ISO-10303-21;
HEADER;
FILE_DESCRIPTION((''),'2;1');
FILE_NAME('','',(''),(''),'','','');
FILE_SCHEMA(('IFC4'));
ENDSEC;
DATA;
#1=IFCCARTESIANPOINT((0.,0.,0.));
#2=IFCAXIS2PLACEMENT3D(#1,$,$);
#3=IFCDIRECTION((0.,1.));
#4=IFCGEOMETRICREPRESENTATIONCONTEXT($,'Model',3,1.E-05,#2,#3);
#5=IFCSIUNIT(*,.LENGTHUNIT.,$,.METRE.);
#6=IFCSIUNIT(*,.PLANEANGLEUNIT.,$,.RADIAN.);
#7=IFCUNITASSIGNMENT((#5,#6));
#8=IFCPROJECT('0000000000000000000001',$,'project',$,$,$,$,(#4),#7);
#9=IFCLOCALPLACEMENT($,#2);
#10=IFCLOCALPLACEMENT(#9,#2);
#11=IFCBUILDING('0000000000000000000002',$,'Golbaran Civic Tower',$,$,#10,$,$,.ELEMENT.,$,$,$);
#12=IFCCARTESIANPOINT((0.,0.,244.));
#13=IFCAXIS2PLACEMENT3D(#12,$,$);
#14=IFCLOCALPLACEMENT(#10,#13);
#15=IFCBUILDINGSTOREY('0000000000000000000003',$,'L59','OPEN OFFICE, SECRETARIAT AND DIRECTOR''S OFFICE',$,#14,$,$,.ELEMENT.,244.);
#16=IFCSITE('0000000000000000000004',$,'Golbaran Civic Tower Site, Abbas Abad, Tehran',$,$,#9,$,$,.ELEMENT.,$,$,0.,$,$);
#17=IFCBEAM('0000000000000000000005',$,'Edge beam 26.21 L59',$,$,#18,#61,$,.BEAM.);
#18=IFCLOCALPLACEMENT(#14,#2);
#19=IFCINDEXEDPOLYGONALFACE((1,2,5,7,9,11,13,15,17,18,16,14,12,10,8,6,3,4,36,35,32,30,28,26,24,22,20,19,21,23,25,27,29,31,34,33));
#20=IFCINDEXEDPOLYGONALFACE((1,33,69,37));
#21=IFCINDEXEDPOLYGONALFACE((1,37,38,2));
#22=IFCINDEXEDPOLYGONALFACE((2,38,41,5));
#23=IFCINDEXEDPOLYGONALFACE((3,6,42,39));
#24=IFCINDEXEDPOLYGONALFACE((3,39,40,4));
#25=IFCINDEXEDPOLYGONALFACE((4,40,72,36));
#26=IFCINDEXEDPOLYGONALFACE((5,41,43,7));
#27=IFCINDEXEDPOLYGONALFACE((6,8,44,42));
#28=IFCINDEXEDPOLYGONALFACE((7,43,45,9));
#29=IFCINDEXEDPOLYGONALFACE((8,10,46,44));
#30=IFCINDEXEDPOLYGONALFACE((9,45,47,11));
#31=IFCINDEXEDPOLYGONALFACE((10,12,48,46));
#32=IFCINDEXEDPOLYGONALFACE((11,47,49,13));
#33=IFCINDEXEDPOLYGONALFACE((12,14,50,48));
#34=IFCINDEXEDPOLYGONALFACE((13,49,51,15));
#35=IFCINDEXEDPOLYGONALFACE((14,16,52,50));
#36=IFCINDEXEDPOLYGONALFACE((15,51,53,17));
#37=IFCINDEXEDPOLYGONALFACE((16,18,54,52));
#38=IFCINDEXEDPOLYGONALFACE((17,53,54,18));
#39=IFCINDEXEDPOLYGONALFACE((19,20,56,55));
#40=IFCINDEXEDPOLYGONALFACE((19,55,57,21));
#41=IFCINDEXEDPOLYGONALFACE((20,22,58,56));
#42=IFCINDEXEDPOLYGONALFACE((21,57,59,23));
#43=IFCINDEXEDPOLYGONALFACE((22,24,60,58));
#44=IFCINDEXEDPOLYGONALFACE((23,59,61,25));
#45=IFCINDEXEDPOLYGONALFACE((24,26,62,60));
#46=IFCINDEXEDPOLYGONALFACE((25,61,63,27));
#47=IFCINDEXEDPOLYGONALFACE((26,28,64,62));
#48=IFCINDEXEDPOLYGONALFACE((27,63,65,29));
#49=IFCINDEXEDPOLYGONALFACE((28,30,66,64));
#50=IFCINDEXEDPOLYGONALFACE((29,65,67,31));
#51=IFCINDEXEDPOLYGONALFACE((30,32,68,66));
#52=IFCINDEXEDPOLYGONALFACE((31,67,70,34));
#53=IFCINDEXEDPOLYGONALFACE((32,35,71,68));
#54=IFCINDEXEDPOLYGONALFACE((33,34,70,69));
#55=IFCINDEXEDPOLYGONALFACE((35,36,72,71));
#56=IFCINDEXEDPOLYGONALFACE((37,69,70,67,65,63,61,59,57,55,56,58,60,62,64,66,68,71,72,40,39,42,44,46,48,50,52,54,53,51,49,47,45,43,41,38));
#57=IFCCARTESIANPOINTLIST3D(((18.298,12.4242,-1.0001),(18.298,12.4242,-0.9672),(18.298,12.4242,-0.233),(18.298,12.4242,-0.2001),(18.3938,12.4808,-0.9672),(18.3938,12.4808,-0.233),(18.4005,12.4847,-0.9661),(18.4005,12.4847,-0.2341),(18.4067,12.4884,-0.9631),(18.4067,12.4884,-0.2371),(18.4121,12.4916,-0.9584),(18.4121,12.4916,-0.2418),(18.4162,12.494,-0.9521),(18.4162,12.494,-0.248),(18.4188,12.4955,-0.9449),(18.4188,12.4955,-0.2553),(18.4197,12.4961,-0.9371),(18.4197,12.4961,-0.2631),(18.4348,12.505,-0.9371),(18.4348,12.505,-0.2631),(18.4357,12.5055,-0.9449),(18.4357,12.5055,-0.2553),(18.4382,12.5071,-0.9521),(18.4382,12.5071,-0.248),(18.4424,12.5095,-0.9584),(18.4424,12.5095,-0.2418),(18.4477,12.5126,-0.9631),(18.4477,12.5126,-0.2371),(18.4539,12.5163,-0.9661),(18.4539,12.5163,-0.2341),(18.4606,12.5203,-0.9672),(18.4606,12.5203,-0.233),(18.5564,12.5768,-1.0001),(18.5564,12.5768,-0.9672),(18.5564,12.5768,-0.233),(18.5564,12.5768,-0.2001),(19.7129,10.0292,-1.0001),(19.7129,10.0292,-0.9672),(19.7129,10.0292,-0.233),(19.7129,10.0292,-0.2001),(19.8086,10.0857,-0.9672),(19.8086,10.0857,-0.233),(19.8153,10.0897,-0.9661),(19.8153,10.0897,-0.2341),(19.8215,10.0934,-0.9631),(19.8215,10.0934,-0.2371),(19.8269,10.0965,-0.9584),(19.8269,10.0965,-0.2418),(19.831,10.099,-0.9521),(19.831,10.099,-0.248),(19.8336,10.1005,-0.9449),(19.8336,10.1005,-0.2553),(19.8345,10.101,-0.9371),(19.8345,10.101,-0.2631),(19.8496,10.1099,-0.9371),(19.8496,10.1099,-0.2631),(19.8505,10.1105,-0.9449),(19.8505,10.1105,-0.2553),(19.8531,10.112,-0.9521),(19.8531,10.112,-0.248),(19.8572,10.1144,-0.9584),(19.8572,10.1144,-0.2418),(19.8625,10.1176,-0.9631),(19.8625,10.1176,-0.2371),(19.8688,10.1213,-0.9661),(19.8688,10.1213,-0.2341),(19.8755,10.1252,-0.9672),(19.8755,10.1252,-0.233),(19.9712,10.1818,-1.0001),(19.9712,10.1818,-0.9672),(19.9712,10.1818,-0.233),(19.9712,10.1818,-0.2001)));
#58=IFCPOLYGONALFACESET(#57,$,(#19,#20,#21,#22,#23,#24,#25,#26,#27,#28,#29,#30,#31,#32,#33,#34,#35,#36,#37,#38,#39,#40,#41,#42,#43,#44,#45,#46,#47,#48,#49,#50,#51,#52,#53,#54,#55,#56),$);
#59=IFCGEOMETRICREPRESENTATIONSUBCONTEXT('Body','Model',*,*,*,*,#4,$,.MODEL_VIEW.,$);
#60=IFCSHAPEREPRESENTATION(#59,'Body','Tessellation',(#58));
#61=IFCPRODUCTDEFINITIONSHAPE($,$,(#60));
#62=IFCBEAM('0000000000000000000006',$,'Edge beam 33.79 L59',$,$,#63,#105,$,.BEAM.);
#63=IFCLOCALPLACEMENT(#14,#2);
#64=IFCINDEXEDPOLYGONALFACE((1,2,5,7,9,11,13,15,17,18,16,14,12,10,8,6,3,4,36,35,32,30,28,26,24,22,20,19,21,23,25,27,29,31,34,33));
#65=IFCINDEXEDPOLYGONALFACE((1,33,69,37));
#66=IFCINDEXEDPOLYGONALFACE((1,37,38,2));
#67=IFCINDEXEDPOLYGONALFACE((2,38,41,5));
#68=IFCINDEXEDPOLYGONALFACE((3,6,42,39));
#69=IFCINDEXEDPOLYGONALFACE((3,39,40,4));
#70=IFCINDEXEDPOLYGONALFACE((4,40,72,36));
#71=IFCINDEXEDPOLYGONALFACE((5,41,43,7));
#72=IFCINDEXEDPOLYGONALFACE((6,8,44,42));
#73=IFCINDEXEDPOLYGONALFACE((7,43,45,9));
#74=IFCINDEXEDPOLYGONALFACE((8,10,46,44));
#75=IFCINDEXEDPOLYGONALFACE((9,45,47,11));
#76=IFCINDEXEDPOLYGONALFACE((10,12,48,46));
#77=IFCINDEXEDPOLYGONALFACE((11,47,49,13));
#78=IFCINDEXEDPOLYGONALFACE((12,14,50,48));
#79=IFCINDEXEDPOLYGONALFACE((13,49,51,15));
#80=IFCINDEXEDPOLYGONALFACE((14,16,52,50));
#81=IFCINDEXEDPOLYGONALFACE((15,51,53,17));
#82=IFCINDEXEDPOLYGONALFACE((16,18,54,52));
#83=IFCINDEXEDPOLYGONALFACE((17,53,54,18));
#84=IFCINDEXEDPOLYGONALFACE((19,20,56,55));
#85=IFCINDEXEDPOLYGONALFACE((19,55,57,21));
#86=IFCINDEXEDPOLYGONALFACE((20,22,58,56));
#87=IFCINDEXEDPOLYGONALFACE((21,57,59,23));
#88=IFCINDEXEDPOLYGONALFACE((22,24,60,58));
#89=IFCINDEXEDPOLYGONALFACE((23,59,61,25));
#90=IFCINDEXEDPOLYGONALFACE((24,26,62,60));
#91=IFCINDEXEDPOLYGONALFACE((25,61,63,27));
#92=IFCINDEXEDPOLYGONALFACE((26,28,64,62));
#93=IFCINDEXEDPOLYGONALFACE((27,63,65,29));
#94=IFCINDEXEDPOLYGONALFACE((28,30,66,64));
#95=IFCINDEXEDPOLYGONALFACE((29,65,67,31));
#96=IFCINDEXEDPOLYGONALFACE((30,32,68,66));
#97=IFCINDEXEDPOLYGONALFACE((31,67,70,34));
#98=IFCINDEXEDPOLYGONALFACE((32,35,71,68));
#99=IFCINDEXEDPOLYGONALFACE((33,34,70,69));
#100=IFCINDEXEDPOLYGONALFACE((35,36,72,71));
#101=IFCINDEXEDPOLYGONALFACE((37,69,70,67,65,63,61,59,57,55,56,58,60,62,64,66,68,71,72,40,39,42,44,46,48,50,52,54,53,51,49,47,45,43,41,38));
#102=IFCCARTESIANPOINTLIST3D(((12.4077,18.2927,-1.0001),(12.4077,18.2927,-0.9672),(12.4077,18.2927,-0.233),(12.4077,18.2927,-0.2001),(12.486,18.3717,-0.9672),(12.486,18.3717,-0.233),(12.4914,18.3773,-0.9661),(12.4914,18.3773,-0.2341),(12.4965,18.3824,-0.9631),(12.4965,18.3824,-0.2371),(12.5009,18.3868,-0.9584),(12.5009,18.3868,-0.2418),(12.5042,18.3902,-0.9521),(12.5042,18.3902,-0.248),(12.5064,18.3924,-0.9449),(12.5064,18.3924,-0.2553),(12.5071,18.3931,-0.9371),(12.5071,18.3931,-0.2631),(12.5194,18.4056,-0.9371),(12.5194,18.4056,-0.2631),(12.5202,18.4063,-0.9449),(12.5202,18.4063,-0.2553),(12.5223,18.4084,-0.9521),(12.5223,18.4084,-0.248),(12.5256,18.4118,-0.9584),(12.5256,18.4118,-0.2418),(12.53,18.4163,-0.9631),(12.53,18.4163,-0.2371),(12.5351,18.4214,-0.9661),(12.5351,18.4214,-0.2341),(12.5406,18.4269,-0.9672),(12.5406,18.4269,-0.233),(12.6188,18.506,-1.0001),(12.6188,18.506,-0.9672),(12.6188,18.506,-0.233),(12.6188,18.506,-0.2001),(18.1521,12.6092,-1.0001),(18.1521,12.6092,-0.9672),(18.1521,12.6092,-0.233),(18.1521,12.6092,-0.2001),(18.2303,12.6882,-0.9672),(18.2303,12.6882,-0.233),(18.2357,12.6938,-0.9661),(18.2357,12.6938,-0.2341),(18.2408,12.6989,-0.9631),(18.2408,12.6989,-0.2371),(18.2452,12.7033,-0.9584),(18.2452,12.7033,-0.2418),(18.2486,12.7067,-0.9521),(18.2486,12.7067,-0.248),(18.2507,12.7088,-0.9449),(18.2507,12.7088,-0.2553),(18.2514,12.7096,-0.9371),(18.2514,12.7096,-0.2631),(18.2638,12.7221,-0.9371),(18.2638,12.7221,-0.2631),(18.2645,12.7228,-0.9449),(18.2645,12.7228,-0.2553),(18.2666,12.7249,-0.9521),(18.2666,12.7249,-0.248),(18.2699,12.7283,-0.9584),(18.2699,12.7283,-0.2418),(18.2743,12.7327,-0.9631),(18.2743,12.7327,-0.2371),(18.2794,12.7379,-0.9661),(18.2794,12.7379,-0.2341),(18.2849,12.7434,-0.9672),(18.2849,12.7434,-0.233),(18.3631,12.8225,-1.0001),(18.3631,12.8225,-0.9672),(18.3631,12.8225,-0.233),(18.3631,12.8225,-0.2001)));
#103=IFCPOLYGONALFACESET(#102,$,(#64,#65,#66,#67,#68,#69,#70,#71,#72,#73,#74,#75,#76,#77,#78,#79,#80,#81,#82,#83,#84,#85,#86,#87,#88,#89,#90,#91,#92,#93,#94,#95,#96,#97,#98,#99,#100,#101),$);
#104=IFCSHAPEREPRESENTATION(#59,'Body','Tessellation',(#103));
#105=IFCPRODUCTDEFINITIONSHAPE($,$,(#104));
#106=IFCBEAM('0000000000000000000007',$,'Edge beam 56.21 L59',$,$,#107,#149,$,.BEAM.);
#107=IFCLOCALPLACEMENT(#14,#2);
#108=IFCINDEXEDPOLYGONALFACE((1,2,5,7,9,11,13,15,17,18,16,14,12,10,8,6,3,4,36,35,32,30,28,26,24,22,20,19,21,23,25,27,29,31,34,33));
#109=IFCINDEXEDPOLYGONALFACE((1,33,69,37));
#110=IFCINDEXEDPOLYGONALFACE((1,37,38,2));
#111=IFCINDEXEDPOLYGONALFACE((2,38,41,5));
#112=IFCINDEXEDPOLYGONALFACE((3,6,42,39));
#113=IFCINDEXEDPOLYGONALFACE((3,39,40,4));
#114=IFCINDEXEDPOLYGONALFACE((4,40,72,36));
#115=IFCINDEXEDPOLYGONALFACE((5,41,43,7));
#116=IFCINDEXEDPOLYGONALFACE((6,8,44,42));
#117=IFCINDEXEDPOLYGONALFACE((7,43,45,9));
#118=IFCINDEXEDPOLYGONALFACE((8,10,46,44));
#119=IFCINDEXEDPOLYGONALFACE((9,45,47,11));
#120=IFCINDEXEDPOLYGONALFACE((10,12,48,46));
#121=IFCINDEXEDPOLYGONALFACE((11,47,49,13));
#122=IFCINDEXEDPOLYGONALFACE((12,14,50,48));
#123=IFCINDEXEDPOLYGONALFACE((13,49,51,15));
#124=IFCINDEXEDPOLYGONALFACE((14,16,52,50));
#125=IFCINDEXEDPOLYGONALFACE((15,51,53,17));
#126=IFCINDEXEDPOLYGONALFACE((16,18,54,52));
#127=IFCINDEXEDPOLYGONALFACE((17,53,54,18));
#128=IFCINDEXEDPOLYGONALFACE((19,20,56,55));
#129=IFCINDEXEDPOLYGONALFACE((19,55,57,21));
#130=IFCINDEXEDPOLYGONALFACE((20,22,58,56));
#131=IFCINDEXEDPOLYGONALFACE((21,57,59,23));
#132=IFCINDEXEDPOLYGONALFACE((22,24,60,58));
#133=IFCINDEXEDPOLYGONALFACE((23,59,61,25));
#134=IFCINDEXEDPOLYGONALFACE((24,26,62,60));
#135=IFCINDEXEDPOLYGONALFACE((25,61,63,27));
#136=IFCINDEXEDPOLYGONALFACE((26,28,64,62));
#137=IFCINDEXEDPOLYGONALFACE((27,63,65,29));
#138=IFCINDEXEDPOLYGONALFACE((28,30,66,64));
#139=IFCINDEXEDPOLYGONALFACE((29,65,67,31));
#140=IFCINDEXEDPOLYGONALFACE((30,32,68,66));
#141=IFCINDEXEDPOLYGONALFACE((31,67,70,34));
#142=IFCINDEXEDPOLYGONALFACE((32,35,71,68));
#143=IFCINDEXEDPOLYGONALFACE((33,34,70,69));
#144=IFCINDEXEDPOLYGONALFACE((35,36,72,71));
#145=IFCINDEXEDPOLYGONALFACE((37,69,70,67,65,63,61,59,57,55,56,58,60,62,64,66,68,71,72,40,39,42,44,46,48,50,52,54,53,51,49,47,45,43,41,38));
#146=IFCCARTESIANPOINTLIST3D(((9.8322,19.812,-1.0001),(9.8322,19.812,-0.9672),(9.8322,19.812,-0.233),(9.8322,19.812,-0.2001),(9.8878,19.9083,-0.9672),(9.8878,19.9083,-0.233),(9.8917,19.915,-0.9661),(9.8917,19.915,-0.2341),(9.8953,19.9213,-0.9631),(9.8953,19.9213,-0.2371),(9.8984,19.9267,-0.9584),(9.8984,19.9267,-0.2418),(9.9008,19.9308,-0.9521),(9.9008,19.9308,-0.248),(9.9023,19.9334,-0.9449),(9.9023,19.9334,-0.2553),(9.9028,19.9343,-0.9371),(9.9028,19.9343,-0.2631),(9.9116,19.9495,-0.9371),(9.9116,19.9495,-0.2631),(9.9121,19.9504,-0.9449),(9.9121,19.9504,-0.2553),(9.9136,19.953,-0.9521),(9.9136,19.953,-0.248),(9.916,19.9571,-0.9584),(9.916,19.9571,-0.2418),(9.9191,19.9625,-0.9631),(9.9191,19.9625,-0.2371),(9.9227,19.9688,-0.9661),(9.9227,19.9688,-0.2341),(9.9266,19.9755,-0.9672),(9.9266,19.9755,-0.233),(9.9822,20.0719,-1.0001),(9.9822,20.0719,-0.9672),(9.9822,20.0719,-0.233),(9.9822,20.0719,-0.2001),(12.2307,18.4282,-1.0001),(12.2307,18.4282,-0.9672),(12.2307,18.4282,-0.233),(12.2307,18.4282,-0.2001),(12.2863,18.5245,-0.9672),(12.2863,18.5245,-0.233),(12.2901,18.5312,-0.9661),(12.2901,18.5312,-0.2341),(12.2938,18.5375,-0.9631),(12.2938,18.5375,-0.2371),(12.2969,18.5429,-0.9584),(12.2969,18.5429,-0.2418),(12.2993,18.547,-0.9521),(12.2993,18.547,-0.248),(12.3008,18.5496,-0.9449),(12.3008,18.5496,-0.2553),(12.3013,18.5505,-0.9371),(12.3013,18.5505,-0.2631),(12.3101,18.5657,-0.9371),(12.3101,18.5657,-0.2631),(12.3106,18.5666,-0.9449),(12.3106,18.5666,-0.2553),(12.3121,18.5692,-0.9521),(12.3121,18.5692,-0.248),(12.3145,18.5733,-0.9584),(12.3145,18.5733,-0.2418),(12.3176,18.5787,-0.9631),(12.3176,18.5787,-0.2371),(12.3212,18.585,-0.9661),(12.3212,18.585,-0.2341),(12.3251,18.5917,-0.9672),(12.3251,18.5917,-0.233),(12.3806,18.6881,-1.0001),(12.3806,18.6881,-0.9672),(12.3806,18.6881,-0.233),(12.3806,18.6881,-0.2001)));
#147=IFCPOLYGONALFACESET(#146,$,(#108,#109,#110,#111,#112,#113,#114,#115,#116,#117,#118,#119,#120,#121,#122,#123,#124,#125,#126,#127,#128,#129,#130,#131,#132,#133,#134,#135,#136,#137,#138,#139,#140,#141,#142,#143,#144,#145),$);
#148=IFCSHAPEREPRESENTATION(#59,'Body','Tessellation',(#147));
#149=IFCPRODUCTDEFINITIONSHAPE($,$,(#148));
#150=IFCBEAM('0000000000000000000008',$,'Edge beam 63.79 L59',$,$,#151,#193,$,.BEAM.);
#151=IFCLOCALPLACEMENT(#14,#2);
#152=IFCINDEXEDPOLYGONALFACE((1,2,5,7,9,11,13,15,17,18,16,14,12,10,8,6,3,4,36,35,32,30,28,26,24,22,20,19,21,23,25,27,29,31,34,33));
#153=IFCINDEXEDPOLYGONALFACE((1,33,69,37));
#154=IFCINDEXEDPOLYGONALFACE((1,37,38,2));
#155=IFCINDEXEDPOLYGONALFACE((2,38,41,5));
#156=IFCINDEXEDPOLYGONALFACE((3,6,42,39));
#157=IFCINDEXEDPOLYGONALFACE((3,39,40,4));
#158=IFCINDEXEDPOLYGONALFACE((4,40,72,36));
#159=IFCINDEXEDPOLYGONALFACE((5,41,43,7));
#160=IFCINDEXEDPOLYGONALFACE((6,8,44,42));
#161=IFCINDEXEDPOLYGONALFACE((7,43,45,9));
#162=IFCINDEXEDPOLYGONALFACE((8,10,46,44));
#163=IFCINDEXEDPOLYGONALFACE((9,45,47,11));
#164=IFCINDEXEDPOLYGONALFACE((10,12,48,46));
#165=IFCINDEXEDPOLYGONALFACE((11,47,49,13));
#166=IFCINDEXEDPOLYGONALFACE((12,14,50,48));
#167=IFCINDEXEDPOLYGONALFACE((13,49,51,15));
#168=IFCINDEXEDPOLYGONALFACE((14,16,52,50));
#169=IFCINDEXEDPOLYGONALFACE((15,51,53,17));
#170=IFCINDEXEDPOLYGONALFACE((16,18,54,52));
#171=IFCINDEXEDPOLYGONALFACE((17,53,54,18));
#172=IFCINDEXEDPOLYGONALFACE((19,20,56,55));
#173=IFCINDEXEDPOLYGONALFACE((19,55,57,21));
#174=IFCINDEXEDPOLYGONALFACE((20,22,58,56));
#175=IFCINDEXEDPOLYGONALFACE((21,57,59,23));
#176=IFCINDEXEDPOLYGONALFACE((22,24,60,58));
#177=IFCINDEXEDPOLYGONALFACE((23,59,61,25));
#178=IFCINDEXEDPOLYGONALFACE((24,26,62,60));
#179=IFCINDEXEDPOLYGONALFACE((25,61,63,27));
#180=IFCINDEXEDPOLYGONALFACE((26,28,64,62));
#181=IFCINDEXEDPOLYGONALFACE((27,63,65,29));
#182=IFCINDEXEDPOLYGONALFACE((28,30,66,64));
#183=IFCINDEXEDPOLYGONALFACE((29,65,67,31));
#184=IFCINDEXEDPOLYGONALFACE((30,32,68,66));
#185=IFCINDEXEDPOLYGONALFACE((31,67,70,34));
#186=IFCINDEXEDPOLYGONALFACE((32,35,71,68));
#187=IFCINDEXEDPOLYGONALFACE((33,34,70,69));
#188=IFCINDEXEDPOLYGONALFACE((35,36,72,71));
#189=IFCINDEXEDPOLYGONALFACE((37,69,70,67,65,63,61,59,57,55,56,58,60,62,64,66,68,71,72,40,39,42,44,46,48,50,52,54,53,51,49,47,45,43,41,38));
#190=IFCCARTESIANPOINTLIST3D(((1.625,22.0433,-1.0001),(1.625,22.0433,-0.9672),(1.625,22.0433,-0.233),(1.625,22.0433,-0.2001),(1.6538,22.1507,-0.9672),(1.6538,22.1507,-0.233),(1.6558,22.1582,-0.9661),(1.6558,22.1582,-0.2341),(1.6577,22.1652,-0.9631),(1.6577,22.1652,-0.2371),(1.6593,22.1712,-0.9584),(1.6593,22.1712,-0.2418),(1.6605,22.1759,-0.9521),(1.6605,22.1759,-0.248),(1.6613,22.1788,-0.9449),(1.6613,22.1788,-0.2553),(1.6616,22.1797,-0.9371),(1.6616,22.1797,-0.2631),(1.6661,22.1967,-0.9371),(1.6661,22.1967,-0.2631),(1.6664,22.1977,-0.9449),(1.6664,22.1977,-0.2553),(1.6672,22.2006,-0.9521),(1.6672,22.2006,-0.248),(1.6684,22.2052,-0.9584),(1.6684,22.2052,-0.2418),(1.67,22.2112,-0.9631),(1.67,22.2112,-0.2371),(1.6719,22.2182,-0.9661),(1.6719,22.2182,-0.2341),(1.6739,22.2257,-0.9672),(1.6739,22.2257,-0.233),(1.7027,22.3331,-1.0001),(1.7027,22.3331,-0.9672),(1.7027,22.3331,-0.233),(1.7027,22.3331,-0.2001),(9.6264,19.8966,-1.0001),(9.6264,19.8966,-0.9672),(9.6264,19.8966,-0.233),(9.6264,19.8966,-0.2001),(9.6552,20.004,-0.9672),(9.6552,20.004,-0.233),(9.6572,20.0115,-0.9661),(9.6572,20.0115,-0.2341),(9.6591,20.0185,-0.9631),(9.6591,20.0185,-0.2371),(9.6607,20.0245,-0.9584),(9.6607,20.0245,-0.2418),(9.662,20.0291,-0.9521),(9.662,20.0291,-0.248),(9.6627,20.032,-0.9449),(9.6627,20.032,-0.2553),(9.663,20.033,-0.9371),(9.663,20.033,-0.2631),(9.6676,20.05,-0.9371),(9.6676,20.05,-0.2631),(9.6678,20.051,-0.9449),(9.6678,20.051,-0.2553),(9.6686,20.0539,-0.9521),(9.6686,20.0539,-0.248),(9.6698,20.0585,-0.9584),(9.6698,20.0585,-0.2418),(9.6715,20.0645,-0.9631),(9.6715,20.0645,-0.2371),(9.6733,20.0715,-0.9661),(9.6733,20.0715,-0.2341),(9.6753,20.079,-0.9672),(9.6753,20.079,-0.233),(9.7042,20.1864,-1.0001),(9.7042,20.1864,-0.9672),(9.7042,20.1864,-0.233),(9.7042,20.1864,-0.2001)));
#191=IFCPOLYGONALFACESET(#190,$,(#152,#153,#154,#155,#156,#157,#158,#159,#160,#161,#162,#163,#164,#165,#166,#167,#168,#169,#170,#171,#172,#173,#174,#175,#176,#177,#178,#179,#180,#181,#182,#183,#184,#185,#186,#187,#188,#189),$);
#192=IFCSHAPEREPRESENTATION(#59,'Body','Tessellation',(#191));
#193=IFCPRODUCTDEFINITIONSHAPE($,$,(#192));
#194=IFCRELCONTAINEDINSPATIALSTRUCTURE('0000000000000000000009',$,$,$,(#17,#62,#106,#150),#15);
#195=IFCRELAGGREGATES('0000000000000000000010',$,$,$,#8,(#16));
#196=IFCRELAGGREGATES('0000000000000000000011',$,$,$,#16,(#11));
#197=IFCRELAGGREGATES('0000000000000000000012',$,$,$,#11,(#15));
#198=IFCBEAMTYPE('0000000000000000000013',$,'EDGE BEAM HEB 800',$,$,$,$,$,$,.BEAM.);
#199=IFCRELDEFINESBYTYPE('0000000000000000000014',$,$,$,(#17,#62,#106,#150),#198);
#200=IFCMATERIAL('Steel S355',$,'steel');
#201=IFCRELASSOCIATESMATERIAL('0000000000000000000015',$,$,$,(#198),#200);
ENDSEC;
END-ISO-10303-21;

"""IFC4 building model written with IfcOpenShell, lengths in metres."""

from ifc_helpers import new_model, si_unit, direction, frame, origin, origin_2d, place, context, subcontext, project, spatial, i_section, extrude, material, material_profile, profile_set, type_object, element, save


model = new_model("IFC4")

# Units and contexts
model_context = context("Model", 3, precision=1e-05, world=origin(), true_north=direction((0.0, 1.0)))
body_context = subcontext(model_context, "Body", "Model", "MODEL_VIEW")
ifc_project = project(units=[si_unit("LENGTHUNIT", "METRE"), si_unit("PLANEANGLEUNIT", "RADIAN")], contexts=[model_context])

# Site, building, storey
site_placement = place(None, origin())
site = spatial("IfcSite", under=ifc_project, at=site_placement, Name="Golbaran Civic Tower Site, Abbas Abad, Tehran", CompositionType="ELEMENT", RefElevation=0.0)
building_placement = place(site_placement, origin())
building = spatial("IfcBuilding", under=site, at=building_placement, Name="Golbaran Civic Tower", CompositionType="ELEMENT")
storey_placement = place(building_placement, frame((0.0, 0.0, 244.0)))
storey = spatial("IfcBuildingStorey", under=building, at=storey_placement, Name="L59", Description="OPEN OFFICE, SECRETARIAT AND DIRECTOR'S OFFICE", CompositionType="ELEMENT", Elevation=244.0)

# Beams
ifc_material_1 = material(Name="Steel S355", Category="steel")
ifc_material_profile_1 = material_profile(ifc_material_1, i_section(OverallWidth=0.3, OverallDepth=0.8, WebThickness=0.0176, FlangeThickness=0.033, FilletRadius=0.03, at=origin_2d()), Name="HEB 800")
ifc_profile_set_1 = profile_set([ifc_material_profile_1], Name="Steel S355")
beam_type_1 = type_object("IfcBeamType", Name="EDGE BEAM HEB 800", PredefinedType="BEAM", material=ifc_profile_set_1)
beam_1_placement = place(storey_placement, frame((19.842, 10.1055, -0.6001), z_axis=(-0.508611, 0.860996, 0.0), x_axis=(-0.860996, -0.508611, 0.0)))
element("IfcBeam", 1, at=beam_1_placement, inside=storey, type_object=beam_type_1, Name="Edge beam 26.21 L59", PredefinedType="BEAM", context=body_context, shape_type="SweptSolid", body=[
    extrude(i_section(OverallWidth=0.3, OverallDepth=0.8, WebThickness=0.0176, FlangeThickness=0.033, FilletRadius=0.03, at=origin_2d()), origin(), (0.0, 0.0, 1.0), 2.7817),
])
beam_2_placement = place(storey_placement, frame((18.2576, 12.7158, -0.6001), z_axis=(-0.710858, 0.703335, 0.0), x_axis=(-0.703335, -0.710858, 0.0)))
element("IfcBeam", 2, at=beam_2_placement, inside=storey, type_object=beam_type_1, Name="Edge beam 33.79 L59", PredefinedType="BEAM", context=body_context, shape_type="SweptSolid", body=[
    extrude(i_section(OverallWidth=0.3, OverallDepth=0.8, WebThickness=0.0176, FlangeThickness=0.033, FilletRadius=0.03, at=origin_2d()), origin(), (0.0, 0.0, 1.0), 8.0808),
])
beam_3_placement = place(storey_placement, frame((12.3057, 18.5581, -0.6001), z_axis=(-0.866174, 0.499743, 0.0), x_axis=(-0.499743, -0.866174, 0.0)))
element("IfcBeam", 3, at=beam_3_placement, inside=storey, type_object=beam_type_1, Name="Edge beam 56.21 L59", PredefinedType="BEAM", context=body_context, shape_type="SweptSolid", body=[
    extrude(i_section(OverallWidth=0.3, OverallDepth=0.8, WebThickness=0.0176, FlangeThickness=0.033, FilletRadius=0.03, at=origin_2d()), origin(), (0.0, 0.0, 1.0), 2.769),
])
beam_4_placement = place(storey_placement, frame((9.6653, 20.0415, -0.6001), z_axis=(-0.965843, 0.259128, 0.0), x_axis=(-0.259128, -0.965843, 0.0)))
element("IfcBeam", 4, at=beam_4_placement, inside=storey, type_object=beam_type_1, Name="Edge beam 63.79 L59", PredefinedType="BEAM", context=body_context, shape_type="SweptSolid", body=[
    extrude(i_section(OverallWidth=0.3, OverallDepth=0.8, WebThickness=0.0176, FlangeThickness=0.033, FilletRadius=0.03, at=origin_2d()), origin(), (0.0, 0.0, 1.0), 8.2844),
])

save(model, "model.ifc")
